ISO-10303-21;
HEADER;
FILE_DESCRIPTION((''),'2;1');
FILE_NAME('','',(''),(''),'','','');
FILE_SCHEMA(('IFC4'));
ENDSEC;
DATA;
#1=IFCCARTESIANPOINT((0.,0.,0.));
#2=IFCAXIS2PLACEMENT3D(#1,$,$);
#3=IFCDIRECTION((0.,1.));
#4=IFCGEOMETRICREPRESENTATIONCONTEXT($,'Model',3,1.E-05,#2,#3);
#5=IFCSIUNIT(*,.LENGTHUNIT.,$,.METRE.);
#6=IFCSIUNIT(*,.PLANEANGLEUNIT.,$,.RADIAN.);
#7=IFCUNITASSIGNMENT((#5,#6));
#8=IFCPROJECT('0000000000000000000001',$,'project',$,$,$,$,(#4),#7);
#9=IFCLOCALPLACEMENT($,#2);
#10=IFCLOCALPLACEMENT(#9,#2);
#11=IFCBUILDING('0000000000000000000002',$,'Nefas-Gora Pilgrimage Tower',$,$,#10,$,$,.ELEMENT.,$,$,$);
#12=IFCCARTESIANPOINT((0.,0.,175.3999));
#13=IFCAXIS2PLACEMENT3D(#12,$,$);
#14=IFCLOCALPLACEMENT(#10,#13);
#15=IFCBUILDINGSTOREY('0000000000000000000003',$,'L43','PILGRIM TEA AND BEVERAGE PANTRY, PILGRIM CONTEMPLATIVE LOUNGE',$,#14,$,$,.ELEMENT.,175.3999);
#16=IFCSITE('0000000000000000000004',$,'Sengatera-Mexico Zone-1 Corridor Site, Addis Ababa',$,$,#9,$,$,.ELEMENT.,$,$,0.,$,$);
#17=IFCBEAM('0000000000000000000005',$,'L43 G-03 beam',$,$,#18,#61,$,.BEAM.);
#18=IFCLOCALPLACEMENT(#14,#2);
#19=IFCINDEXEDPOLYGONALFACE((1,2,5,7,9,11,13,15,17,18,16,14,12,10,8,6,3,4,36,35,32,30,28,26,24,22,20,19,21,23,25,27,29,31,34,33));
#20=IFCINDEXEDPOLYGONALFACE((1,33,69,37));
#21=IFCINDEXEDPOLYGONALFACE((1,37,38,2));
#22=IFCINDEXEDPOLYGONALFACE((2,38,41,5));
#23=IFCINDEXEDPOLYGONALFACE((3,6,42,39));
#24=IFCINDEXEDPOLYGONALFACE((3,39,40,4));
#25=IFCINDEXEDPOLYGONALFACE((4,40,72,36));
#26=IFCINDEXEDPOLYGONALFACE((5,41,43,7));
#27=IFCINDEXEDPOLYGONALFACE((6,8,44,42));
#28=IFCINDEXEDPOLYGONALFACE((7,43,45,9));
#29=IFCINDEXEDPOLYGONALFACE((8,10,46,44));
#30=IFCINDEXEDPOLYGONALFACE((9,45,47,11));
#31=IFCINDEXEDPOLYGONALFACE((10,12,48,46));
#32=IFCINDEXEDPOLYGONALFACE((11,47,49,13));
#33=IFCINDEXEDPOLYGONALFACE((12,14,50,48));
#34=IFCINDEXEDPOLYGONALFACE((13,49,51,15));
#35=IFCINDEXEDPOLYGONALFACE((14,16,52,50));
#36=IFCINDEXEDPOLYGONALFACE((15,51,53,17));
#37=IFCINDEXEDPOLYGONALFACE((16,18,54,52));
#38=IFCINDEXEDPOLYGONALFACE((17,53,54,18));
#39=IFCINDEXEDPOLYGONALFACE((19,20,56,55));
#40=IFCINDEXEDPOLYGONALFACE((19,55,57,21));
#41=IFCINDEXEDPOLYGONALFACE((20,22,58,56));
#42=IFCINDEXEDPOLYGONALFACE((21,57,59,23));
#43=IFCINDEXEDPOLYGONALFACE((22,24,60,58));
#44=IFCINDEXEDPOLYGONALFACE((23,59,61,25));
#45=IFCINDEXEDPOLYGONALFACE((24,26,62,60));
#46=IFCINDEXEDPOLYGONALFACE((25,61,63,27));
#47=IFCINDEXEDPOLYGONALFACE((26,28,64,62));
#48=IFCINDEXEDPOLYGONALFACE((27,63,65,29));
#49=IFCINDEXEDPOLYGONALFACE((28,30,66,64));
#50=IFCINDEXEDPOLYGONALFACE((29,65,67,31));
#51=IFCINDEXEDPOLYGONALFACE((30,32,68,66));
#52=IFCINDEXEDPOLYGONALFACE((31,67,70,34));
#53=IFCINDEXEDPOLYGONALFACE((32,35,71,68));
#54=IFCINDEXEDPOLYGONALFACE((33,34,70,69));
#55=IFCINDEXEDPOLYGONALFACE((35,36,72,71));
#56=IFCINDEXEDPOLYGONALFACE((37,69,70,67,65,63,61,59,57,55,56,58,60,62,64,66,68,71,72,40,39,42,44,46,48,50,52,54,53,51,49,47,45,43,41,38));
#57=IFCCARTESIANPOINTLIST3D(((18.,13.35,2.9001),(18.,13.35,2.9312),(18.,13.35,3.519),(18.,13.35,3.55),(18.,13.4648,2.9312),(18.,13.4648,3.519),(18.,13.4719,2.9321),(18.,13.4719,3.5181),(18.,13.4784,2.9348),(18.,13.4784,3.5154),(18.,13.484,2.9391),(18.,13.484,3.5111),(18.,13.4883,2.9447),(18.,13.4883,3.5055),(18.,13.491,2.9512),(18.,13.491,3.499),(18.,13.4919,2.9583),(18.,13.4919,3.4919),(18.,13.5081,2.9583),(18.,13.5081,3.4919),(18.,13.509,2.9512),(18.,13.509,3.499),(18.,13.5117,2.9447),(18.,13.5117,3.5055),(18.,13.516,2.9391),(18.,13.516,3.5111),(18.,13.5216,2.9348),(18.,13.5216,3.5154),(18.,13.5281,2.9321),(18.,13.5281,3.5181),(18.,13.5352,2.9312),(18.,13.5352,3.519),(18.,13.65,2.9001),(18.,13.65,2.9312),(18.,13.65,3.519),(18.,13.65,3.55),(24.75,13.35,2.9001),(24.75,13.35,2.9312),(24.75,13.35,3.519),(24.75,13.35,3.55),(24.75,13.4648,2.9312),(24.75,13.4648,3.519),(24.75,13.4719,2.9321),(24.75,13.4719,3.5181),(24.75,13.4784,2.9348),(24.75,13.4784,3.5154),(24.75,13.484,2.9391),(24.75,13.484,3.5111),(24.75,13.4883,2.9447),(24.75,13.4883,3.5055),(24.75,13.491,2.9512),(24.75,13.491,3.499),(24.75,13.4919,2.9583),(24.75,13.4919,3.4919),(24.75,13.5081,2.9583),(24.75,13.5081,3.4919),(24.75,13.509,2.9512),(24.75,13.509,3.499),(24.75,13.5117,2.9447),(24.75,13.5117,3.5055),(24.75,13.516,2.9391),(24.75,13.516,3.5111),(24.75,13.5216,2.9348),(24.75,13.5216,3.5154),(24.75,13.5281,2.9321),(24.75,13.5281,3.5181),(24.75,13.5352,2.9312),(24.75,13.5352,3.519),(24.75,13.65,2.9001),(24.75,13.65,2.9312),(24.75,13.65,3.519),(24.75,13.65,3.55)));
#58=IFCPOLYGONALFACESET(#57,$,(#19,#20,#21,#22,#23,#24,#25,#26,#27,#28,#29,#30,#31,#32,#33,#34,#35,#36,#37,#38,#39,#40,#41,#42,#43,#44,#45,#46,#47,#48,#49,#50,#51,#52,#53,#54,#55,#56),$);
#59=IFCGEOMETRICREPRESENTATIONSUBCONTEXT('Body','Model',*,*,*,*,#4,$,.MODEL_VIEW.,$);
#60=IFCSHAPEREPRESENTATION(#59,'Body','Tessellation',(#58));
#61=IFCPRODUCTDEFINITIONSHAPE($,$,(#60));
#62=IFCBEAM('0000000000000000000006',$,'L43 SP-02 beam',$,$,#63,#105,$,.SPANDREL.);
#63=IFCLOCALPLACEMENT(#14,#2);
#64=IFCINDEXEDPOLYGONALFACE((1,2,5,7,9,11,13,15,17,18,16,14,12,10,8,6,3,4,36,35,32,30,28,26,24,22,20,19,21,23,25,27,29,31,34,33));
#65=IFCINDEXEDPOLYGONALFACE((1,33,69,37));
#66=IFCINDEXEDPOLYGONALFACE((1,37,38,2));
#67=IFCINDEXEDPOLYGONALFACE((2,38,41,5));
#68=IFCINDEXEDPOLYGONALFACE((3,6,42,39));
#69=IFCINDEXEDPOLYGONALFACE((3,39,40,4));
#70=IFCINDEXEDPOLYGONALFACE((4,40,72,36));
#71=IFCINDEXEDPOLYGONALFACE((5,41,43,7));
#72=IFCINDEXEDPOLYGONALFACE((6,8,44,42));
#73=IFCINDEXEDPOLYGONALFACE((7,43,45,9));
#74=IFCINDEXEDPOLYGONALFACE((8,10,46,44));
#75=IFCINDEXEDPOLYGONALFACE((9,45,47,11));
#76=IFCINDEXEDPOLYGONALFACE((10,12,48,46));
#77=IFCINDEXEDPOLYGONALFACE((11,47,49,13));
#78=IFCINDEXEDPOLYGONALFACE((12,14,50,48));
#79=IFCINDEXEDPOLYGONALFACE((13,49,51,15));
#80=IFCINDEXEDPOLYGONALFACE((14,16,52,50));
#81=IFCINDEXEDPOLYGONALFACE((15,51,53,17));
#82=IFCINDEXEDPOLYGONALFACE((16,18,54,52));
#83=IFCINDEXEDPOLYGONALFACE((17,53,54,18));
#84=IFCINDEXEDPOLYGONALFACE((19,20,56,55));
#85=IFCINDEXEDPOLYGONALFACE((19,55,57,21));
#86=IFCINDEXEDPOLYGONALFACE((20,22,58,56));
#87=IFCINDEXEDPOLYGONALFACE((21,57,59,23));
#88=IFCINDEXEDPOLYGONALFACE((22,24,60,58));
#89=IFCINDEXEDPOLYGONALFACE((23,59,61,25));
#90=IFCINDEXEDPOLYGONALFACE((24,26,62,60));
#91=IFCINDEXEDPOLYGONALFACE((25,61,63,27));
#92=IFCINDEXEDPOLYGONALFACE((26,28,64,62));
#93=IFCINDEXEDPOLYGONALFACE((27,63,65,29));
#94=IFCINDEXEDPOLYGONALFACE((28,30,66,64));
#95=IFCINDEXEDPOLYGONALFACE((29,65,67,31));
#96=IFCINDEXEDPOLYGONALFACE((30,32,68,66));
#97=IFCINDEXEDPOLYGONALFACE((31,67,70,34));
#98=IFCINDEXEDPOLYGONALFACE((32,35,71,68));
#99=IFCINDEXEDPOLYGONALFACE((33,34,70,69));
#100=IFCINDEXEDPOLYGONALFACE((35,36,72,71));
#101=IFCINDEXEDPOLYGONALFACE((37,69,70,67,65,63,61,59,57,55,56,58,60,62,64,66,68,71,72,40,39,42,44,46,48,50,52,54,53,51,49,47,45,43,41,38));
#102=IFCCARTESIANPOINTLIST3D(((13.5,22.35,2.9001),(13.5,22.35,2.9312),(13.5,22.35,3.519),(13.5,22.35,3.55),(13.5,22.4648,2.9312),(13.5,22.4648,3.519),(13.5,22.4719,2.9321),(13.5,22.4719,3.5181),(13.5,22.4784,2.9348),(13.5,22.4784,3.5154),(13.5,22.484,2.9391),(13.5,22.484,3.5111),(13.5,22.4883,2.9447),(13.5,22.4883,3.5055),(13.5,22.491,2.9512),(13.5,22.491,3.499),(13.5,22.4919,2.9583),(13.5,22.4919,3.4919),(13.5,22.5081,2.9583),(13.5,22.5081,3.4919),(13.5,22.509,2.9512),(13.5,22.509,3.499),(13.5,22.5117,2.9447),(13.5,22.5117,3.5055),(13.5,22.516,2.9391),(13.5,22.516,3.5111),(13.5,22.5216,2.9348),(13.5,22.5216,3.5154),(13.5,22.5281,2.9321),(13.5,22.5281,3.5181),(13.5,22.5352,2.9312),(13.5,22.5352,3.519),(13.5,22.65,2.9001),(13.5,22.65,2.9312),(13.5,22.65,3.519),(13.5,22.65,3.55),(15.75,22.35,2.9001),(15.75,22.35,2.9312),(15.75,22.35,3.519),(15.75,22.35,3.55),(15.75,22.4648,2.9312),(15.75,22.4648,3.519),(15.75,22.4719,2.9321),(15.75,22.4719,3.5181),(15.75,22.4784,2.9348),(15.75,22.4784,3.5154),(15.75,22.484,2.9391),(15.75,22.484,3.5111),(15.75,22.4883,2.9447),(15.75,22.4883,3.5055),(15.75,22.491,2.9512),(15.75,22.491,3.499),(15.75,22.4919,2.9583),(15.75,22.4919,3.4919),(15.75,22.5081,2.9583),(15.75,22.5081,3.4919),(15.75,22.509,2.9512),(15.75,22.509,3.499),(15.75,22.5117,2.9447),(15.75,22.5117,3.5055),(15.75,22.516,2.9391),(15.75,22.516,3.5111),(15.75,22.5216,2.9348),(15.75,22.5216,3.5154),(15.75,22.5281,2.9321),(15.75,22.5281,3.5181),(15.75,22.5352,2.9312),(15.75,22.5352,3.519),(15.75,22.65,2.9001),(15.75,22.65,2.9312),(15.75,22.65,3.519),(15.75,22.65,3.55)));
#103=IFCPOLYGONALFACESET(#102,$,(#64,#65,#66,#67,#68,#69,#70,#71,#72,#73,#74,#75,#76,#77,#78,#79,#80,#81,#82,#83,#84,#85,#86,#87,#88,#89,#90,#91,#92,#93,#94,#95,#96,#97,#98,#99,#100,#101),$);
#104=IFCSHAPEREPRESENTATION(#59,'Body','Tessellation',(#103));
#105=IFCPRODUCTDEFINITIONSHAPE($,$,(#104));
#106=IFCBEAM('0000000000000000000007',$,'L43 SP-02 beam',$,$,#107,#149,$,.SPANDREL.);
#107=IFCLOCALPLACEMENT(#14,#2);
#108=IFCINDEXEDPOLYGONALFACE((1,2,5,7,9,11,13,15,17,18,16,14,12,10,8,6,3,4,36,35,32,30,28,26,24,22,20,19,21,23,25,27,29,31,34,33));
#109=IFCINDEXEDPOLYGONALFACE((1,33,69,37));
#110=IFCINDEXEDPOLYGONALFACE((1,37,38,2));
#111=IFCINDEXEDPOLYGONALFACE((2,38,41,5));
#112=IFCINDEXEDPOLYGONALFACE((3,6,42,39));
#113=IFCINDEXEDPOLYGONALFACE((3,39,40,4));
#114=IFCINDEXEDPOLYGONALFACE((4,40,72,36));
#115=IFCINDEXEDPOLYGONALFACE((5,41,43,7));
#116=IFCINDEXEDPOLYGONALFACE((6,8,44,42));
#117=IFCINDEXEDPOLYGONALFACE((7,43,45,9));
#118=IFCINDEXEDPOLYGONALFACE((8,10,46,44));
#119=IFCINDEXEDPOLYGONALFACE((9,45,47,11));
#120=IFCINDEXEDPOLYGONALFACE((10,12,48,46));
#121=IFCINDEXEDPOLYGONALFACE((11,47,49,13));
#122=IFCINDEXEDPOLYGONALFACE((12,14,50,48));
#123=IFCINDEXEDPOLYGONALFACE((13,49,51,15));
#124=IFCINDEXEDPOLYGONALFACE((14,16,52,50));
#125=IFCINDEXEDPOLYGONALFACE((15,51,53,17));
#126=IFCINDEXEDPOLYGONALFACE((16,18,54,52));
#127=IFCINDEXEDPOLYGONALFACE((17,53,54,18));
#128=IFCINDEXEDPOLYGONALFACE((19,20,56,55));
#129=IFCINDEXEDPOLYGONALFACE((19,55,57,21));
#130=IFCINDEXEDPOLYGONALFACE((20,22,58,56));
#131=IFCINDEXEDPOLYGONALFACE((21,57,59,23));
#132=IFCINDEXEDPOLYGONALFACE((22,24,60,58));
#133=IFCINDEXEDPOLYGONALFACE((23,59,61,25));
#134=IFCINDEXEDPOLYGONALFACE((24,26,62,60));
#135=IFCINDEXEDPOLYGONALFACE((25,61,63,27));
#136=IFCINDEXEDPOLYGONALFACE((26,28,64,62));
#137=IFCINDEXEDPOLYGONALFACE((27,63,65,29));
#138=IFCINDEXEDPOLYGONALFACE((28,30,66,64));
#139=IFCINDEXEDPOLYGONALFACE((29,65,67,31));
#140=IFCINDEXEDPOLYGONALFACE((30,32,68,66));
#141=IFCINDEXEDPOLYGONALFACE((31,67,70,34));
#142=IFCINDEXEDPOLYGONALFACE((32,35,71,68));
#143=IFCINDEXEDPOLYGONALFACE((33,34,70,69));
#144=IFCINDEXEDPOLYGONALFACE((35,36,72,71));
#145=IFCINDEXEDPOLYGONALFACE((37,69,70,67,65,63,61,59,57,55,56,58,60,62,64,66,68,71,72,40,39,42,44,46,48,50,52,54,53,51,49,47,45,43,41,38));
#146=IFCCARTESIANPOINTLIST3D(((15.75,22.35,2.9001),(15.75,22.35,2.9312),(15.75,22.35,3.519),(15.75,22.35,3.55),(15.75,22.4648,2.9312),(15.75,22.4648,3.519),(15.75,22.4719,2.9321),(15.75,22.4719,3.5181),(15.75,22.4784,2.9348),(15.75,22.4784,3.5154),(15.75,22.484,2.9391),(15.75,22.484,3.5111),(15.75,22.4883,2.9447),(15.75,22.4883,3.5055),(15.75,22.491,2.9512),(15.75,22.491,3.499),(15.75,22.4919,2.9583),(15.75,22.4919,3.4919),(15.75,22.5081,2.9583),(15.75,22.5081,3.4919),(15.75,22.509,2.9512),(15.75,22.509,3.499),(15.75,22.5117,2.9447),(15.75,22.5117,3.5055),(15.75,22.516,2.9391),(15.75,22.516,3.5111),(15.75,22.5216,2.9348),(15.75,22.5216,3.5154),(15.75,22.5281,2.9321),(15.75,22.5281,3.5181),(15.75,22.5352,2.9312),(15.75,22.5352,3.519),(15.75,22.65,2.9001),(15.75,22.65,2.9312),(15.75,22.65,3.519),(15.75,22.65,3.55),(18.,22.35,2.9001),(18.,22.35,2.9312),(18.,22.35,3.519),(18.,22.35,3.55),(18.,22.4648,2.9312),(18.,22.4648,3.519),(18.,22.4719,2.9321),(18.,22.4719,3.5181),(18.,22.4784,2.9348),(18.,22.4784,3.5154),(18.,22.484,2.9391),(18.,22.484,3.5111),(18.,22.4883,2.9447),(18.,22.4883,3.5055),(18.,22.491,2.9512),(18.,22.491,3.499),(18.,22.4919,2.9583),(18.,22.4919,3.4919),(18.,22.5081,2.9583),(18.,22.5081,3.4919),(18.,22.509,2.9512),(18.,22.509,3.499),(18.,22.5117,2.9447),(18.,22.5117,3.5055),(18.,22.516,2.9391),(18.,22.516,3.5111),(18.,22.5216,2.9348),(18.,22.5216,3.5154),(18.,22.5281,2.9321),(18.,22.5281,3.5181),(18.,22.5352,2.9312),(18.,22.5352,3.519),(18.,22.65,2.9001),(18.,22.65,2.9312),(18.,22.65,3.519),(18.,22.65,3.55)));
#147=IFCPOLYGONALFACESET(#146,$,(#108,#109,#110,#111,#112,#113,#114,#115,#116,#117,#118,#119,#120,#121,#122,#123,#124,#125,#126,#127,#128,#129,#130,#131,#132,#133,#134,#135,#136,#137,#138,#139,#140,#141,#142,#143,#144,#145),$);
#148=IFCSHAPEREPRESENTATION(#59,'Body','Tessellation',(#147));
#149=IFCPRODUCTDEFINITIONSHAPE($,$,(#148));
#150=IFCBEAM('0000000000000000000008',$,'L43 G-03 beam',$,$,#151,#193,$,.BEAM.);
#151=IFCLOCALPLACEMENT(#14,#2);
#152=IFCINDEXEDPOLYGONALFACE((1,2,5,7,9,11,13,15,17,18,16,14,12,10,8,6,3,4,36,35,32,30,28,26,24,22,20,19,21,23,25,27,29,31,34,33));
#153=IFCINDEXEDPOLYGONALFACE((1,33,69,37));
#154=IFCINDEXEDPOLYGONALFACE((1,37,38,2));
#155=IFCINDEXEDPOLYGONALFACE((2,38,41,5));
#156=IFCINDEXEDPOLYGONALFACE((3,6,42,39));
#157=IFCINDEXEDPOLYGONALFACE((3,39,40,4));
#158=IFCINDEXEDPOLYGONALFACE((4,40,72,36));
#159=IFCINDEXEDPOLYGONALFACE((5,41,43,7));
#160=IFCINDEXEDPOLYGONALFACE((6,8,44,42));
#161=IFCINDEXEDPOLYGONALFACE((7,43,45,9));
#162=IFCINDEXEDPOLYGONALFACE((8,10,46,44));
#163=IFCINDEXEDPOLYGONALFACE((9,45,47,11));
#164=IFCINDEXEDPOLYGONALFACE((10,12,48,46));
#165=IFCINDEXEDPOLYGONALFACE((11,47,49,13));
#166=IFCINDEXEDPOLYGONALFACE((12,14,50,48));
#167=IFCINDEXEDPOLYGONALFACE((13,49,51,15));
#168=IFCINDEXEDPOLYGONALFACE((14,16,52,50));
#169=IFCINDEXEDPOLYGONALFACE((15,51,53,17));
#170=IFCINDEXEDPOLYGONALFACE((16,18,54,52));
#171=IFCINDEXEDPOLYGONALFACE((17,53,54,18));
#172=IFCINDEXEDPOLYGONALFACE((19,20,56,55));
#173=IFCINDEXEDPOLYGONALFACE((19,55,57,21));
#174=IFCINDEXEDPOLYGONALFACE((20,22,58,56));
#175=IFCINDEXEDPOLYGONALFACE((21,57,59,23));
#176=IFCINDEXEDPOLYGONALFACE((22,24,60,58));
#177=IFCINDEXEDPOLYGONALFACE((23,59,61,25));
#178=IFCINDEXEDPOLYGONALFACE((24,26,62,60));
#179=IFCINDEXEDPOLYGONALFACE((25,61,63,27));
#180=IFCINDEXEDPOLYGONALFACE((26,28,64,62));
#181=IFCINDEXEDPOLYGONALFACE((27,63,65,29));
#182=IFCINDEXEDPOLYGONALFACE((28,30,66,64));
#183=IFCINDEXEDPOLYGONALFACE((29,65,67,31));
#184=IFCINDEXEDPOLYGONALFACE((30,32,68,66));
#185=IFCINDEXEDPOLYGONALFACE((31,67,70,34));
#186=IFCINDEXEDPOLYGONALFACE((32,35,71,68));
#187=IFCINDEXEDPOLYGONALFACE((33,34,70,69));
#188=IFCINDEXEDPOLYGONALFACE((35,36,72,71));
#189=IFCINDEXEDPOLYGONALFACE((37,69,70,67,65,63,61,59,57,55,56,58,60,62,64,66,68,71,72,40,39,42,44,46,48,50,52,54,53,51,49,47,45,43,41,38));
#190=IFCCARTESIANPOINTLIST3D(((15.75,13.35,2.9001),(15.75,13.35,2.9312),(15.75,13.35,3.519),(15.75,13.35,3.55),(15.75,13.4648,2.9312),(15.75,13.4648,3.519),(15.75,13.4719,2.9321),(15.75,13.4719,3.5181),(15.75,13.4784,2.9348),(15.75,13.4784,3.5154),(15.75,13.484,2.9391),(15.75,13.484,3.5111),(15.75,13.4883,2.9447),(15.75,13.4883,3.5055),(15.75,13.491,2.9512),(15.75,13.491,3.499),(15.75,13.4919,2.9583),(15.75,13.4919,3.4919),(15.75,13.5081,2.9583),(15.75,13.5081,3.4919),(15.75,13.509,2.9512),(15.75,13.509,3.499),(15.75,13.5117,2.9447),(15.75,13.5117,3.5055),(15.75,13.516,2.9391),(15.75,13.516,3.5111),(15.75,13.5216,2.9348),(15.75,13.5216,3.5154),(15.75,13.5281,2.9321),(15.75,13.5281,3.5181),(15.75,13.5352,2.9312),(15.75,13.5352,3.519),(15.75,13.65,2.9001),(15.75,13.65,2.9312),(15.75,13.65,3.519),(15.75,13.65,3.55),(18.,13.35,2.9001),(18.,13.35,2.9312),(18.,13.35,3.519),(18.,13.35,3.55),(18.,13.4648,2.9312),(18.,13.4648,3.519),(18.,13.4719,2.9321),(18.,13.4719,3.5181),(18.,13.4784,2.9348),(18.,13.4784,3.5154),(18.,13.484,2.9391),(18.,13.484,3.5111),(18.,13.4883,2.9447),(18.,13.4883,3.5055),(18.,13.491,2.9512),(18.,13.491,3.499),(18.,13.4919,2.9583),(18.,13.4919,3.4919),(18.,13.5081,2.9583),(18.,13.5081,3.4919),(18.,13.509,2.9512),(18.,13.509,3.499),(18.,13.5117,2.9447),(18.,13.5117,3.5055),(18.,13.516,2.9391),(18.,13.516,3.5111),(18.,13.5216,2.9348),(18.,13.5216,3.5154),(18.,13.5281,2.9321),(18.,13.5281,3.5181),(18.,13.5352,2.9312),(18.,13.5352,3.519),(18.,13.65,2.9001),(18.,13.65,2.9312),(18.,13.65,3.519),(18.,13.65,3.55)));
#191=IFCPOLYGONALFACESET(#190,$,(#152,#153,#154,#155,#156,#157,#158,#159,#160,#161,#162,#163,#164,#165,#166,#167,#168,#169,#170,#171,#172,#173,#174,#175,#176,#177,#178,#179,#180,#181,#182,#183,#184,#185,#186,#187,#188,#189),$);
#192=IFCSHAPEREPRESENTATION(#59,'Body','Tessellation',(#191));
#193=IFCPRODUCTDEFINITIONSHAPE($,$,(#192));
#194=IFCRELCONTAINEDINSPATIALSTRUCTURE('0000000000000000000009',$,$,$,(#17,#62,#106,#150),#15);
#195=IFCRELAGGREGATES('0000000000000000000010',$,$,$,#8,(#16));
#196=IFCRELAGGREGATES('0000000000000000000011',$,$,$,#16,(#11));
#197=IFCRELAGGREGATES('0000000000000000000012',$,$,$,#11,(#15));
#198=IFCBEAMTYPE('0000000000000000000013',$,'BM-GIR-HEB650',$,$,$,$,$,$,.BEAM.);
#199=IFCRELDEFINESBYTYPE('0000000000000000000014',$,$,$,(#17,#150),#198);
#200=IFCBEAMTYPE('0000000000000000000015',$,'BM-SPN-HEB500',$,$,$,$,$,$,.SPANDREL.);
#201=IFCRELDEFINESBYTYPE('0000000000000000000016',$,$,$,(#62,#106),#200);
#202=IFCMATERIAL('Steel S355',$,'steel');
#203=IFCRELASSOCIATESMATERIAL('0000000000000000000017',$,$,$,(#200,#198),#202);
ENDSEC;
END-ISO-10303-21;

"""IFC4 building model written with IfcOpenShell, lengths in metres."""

from ifc_helpers import new_model, si_unit, direction, frame, origin, origin_2d, place, context, subcontext, project, spatial, i_section, extrude, source, transform, mapped, material, material_profile, profile_set, type_object, element, save


model = new_model("IFC4")

# Units and contexts
model_context = context("Model", 3, precision=1e-05, world=origin(), true_north=direction((0.0, 1.0)))
body_context = subcontext(model_context, "Body", "Model", "MODEL_VIEW")
ifc_project = project(units=[si_unit("LENGTHUNIT", "METRE"), si_unit("PLANEANGLEUNIT", "RADIAN")], contexts=[model_context])

# Site, building, storey
site_placement = place(None, origin())
site = spatial("IfcSite", under=ifc_project, at=site_placement, Name="Sengatera-Mexico Zone-1 Corridor Site, Addis Ababa", CompositionType="ELEMENT", RefElevation=0.0)
building_placement = place(site_placement, origin())
building = spatial("IfcBuilding", under=site, at=building_placement, Name="Nefas-Gora Pilgrimage Tower", CompositionType="ELEMENT")
storey_placement = place(building_placement, frame((0.0, 0.0, 175.3999)))
storey = spatial("IfcBuildingStorey", under=building, at=storey_placement, Name="L43", Description="PILGRIM TEA AND BEVERAGE PANTRY, PILGRIM CONTEMPLATIVE LOUNGE", CompositionType="ELEMENT", Elevation=175.3999)

# Beams
ifc_material_1 = material(Name="Steel S355", Category="steel")
ifc_material_profile_1 = material_profile(ifc_material_1, i_section(OverallWidth=0.3, OverallDepth=0.6499, WebThickness=0.0161, FlangeThickness=0.031, FilletRadius=0.0271, at=origin_2d()), Name="HEB 650")
ifc_profile_set_1 = profile_set([ifc_material_profile_1], Name="Steel S355")
beam_type_1 = type_object("IfcBeamType", Name="BM-SPN-HEB500", PredefinedType="SPANDREL", material=ifc_profile_set_1)
ifc_material_profile_2 = material_profile(ifc_material_1, i_section(OverallWidth=0.3, OverallDepth=0.6499, WebThickness=0.0161, FlangeThickness=0.031, FilletRadius=0.0271, at=origin_2d()), Name="HEB 650")
ifc_profile_set_2 = profile_set([ifc_material_profile_2], Name="Steel S355")
beam_type_2 = type_object("IfcBeamType", Name="BM-GIR-HEB650", PredefinedType="BEAM", material=ifc_profile_set_2)
shared_shape_1 = source(origin(), body_context, "Body", "SweptSolid", [
    extrude(i_section(OverallWidth=0.3, OverallDepth=0.6499, WebThickness=0.0161, FlangeThickness=0.031, FilletRadius=0.0271, at=origin_2d()), origin(), (0.0, 0.0, 1.0), 6.75),
])
for number, where, z_axis, x_axis, name in (
    (1, (18.0, 13.5, 3.2251), (1.0, 0.0, 0.0), (0.0, 1.0, 0.0), "L43 G-03 beam"),
):
    element("IfcBeam", number, at=place(storey_placement, frame(where, z_axis=z_axis, x_axis=x_axis)), inside=storey, type_object=beam_type_2, Name=name, PredefinedType="BEAM", context=body_context, shape_type="MappedRepresentation", body=[
        mapped(shared_shape_1, transform((0.0, 0.0, 0.0), x_axis=(1.0, 0.0, 0.0), y_axis=(0.0, 1.0, 0.0), z_axis=(0.0, 0.0, 1.0), scale=1.0)),
    ])
shared_shape_2 = source(origin(), body_context, "Body", "SweptSolid", [
    extrude(i_section(OverallWidth=0.3, OverallDepth=0.6499, WebThickness=0.0161, FlangeThickness=0.031, FilletRadius=0.0271, at=origin_2d()), origin(), (0.0, 0.0, 1.0), 2.25),
])
for number, where, z_axis, x_axis, name in (
    (2, (13.5, 22.5, 3.2251), (1.0, 0.0, 0.0), (0.0, 1.0, 0.0), "L43 SP-02 beam"),
    (3, (15.75, 22.5, 3.2251), (1.0, 0.0, 0.0), (0.0, 1.0, 0.0), "L43 SP-02 beam"),
):
    element("IfcBeam", number, at=place(storey_placement, frame(where, z_axis=z_axis, x_axis=x_axis)), inside=storey, type_object=beam_type_1, Name=name, PredefinedType="SPANDREL", context=body_context, shape_type="MappedRepresentation", body=[
        mapped(shared_shape_2, transform((0.0, 0.0, 0.0), x_axis=(1.0, 0.0, 0.0), y_axis=(0.0, 1.0, 0.0), z_axis=(0.0, 0.0, 1.0), scale=1.0)),
    ])
shared_shape_3 = source(origin(), body_context, "Body", "SweptSolid", [
    extrude(i_section(OverallWidth=0.3, OverallDepth=0.6499, WebThickness=0.0161, FlangeThickness=0.031, FilletRadius=0.0271, at=origin_2d()), origin(), (0.0, 0.0, 1.0), 2.25),
])
beam_1_placement = place(storey_placement, frame((15.75, 13.5, 3.2251), z_axis=(1.0, 0.0, 0.0), x_axis=(0.0, 1.0, 0.0)))
element("IfcBeam", 4, at=beam_1_placement, inside=storey, type_object=beam_type_2, Name="L43 G-03 beam", PredefinedType="BEAM", context=body_context, shape_type="MappedRepresentation", body=[
    mapped(shared_shape_3, transform((0.0, 0.0, 0.0), x_axis=(1.0, 0.0, 0.0), y_axis=(0.0, 1.0, 0.0), z_axis=(0.0, 0.0, 1.0), scale=1.0)),
])

save(model, "model.ifc")
